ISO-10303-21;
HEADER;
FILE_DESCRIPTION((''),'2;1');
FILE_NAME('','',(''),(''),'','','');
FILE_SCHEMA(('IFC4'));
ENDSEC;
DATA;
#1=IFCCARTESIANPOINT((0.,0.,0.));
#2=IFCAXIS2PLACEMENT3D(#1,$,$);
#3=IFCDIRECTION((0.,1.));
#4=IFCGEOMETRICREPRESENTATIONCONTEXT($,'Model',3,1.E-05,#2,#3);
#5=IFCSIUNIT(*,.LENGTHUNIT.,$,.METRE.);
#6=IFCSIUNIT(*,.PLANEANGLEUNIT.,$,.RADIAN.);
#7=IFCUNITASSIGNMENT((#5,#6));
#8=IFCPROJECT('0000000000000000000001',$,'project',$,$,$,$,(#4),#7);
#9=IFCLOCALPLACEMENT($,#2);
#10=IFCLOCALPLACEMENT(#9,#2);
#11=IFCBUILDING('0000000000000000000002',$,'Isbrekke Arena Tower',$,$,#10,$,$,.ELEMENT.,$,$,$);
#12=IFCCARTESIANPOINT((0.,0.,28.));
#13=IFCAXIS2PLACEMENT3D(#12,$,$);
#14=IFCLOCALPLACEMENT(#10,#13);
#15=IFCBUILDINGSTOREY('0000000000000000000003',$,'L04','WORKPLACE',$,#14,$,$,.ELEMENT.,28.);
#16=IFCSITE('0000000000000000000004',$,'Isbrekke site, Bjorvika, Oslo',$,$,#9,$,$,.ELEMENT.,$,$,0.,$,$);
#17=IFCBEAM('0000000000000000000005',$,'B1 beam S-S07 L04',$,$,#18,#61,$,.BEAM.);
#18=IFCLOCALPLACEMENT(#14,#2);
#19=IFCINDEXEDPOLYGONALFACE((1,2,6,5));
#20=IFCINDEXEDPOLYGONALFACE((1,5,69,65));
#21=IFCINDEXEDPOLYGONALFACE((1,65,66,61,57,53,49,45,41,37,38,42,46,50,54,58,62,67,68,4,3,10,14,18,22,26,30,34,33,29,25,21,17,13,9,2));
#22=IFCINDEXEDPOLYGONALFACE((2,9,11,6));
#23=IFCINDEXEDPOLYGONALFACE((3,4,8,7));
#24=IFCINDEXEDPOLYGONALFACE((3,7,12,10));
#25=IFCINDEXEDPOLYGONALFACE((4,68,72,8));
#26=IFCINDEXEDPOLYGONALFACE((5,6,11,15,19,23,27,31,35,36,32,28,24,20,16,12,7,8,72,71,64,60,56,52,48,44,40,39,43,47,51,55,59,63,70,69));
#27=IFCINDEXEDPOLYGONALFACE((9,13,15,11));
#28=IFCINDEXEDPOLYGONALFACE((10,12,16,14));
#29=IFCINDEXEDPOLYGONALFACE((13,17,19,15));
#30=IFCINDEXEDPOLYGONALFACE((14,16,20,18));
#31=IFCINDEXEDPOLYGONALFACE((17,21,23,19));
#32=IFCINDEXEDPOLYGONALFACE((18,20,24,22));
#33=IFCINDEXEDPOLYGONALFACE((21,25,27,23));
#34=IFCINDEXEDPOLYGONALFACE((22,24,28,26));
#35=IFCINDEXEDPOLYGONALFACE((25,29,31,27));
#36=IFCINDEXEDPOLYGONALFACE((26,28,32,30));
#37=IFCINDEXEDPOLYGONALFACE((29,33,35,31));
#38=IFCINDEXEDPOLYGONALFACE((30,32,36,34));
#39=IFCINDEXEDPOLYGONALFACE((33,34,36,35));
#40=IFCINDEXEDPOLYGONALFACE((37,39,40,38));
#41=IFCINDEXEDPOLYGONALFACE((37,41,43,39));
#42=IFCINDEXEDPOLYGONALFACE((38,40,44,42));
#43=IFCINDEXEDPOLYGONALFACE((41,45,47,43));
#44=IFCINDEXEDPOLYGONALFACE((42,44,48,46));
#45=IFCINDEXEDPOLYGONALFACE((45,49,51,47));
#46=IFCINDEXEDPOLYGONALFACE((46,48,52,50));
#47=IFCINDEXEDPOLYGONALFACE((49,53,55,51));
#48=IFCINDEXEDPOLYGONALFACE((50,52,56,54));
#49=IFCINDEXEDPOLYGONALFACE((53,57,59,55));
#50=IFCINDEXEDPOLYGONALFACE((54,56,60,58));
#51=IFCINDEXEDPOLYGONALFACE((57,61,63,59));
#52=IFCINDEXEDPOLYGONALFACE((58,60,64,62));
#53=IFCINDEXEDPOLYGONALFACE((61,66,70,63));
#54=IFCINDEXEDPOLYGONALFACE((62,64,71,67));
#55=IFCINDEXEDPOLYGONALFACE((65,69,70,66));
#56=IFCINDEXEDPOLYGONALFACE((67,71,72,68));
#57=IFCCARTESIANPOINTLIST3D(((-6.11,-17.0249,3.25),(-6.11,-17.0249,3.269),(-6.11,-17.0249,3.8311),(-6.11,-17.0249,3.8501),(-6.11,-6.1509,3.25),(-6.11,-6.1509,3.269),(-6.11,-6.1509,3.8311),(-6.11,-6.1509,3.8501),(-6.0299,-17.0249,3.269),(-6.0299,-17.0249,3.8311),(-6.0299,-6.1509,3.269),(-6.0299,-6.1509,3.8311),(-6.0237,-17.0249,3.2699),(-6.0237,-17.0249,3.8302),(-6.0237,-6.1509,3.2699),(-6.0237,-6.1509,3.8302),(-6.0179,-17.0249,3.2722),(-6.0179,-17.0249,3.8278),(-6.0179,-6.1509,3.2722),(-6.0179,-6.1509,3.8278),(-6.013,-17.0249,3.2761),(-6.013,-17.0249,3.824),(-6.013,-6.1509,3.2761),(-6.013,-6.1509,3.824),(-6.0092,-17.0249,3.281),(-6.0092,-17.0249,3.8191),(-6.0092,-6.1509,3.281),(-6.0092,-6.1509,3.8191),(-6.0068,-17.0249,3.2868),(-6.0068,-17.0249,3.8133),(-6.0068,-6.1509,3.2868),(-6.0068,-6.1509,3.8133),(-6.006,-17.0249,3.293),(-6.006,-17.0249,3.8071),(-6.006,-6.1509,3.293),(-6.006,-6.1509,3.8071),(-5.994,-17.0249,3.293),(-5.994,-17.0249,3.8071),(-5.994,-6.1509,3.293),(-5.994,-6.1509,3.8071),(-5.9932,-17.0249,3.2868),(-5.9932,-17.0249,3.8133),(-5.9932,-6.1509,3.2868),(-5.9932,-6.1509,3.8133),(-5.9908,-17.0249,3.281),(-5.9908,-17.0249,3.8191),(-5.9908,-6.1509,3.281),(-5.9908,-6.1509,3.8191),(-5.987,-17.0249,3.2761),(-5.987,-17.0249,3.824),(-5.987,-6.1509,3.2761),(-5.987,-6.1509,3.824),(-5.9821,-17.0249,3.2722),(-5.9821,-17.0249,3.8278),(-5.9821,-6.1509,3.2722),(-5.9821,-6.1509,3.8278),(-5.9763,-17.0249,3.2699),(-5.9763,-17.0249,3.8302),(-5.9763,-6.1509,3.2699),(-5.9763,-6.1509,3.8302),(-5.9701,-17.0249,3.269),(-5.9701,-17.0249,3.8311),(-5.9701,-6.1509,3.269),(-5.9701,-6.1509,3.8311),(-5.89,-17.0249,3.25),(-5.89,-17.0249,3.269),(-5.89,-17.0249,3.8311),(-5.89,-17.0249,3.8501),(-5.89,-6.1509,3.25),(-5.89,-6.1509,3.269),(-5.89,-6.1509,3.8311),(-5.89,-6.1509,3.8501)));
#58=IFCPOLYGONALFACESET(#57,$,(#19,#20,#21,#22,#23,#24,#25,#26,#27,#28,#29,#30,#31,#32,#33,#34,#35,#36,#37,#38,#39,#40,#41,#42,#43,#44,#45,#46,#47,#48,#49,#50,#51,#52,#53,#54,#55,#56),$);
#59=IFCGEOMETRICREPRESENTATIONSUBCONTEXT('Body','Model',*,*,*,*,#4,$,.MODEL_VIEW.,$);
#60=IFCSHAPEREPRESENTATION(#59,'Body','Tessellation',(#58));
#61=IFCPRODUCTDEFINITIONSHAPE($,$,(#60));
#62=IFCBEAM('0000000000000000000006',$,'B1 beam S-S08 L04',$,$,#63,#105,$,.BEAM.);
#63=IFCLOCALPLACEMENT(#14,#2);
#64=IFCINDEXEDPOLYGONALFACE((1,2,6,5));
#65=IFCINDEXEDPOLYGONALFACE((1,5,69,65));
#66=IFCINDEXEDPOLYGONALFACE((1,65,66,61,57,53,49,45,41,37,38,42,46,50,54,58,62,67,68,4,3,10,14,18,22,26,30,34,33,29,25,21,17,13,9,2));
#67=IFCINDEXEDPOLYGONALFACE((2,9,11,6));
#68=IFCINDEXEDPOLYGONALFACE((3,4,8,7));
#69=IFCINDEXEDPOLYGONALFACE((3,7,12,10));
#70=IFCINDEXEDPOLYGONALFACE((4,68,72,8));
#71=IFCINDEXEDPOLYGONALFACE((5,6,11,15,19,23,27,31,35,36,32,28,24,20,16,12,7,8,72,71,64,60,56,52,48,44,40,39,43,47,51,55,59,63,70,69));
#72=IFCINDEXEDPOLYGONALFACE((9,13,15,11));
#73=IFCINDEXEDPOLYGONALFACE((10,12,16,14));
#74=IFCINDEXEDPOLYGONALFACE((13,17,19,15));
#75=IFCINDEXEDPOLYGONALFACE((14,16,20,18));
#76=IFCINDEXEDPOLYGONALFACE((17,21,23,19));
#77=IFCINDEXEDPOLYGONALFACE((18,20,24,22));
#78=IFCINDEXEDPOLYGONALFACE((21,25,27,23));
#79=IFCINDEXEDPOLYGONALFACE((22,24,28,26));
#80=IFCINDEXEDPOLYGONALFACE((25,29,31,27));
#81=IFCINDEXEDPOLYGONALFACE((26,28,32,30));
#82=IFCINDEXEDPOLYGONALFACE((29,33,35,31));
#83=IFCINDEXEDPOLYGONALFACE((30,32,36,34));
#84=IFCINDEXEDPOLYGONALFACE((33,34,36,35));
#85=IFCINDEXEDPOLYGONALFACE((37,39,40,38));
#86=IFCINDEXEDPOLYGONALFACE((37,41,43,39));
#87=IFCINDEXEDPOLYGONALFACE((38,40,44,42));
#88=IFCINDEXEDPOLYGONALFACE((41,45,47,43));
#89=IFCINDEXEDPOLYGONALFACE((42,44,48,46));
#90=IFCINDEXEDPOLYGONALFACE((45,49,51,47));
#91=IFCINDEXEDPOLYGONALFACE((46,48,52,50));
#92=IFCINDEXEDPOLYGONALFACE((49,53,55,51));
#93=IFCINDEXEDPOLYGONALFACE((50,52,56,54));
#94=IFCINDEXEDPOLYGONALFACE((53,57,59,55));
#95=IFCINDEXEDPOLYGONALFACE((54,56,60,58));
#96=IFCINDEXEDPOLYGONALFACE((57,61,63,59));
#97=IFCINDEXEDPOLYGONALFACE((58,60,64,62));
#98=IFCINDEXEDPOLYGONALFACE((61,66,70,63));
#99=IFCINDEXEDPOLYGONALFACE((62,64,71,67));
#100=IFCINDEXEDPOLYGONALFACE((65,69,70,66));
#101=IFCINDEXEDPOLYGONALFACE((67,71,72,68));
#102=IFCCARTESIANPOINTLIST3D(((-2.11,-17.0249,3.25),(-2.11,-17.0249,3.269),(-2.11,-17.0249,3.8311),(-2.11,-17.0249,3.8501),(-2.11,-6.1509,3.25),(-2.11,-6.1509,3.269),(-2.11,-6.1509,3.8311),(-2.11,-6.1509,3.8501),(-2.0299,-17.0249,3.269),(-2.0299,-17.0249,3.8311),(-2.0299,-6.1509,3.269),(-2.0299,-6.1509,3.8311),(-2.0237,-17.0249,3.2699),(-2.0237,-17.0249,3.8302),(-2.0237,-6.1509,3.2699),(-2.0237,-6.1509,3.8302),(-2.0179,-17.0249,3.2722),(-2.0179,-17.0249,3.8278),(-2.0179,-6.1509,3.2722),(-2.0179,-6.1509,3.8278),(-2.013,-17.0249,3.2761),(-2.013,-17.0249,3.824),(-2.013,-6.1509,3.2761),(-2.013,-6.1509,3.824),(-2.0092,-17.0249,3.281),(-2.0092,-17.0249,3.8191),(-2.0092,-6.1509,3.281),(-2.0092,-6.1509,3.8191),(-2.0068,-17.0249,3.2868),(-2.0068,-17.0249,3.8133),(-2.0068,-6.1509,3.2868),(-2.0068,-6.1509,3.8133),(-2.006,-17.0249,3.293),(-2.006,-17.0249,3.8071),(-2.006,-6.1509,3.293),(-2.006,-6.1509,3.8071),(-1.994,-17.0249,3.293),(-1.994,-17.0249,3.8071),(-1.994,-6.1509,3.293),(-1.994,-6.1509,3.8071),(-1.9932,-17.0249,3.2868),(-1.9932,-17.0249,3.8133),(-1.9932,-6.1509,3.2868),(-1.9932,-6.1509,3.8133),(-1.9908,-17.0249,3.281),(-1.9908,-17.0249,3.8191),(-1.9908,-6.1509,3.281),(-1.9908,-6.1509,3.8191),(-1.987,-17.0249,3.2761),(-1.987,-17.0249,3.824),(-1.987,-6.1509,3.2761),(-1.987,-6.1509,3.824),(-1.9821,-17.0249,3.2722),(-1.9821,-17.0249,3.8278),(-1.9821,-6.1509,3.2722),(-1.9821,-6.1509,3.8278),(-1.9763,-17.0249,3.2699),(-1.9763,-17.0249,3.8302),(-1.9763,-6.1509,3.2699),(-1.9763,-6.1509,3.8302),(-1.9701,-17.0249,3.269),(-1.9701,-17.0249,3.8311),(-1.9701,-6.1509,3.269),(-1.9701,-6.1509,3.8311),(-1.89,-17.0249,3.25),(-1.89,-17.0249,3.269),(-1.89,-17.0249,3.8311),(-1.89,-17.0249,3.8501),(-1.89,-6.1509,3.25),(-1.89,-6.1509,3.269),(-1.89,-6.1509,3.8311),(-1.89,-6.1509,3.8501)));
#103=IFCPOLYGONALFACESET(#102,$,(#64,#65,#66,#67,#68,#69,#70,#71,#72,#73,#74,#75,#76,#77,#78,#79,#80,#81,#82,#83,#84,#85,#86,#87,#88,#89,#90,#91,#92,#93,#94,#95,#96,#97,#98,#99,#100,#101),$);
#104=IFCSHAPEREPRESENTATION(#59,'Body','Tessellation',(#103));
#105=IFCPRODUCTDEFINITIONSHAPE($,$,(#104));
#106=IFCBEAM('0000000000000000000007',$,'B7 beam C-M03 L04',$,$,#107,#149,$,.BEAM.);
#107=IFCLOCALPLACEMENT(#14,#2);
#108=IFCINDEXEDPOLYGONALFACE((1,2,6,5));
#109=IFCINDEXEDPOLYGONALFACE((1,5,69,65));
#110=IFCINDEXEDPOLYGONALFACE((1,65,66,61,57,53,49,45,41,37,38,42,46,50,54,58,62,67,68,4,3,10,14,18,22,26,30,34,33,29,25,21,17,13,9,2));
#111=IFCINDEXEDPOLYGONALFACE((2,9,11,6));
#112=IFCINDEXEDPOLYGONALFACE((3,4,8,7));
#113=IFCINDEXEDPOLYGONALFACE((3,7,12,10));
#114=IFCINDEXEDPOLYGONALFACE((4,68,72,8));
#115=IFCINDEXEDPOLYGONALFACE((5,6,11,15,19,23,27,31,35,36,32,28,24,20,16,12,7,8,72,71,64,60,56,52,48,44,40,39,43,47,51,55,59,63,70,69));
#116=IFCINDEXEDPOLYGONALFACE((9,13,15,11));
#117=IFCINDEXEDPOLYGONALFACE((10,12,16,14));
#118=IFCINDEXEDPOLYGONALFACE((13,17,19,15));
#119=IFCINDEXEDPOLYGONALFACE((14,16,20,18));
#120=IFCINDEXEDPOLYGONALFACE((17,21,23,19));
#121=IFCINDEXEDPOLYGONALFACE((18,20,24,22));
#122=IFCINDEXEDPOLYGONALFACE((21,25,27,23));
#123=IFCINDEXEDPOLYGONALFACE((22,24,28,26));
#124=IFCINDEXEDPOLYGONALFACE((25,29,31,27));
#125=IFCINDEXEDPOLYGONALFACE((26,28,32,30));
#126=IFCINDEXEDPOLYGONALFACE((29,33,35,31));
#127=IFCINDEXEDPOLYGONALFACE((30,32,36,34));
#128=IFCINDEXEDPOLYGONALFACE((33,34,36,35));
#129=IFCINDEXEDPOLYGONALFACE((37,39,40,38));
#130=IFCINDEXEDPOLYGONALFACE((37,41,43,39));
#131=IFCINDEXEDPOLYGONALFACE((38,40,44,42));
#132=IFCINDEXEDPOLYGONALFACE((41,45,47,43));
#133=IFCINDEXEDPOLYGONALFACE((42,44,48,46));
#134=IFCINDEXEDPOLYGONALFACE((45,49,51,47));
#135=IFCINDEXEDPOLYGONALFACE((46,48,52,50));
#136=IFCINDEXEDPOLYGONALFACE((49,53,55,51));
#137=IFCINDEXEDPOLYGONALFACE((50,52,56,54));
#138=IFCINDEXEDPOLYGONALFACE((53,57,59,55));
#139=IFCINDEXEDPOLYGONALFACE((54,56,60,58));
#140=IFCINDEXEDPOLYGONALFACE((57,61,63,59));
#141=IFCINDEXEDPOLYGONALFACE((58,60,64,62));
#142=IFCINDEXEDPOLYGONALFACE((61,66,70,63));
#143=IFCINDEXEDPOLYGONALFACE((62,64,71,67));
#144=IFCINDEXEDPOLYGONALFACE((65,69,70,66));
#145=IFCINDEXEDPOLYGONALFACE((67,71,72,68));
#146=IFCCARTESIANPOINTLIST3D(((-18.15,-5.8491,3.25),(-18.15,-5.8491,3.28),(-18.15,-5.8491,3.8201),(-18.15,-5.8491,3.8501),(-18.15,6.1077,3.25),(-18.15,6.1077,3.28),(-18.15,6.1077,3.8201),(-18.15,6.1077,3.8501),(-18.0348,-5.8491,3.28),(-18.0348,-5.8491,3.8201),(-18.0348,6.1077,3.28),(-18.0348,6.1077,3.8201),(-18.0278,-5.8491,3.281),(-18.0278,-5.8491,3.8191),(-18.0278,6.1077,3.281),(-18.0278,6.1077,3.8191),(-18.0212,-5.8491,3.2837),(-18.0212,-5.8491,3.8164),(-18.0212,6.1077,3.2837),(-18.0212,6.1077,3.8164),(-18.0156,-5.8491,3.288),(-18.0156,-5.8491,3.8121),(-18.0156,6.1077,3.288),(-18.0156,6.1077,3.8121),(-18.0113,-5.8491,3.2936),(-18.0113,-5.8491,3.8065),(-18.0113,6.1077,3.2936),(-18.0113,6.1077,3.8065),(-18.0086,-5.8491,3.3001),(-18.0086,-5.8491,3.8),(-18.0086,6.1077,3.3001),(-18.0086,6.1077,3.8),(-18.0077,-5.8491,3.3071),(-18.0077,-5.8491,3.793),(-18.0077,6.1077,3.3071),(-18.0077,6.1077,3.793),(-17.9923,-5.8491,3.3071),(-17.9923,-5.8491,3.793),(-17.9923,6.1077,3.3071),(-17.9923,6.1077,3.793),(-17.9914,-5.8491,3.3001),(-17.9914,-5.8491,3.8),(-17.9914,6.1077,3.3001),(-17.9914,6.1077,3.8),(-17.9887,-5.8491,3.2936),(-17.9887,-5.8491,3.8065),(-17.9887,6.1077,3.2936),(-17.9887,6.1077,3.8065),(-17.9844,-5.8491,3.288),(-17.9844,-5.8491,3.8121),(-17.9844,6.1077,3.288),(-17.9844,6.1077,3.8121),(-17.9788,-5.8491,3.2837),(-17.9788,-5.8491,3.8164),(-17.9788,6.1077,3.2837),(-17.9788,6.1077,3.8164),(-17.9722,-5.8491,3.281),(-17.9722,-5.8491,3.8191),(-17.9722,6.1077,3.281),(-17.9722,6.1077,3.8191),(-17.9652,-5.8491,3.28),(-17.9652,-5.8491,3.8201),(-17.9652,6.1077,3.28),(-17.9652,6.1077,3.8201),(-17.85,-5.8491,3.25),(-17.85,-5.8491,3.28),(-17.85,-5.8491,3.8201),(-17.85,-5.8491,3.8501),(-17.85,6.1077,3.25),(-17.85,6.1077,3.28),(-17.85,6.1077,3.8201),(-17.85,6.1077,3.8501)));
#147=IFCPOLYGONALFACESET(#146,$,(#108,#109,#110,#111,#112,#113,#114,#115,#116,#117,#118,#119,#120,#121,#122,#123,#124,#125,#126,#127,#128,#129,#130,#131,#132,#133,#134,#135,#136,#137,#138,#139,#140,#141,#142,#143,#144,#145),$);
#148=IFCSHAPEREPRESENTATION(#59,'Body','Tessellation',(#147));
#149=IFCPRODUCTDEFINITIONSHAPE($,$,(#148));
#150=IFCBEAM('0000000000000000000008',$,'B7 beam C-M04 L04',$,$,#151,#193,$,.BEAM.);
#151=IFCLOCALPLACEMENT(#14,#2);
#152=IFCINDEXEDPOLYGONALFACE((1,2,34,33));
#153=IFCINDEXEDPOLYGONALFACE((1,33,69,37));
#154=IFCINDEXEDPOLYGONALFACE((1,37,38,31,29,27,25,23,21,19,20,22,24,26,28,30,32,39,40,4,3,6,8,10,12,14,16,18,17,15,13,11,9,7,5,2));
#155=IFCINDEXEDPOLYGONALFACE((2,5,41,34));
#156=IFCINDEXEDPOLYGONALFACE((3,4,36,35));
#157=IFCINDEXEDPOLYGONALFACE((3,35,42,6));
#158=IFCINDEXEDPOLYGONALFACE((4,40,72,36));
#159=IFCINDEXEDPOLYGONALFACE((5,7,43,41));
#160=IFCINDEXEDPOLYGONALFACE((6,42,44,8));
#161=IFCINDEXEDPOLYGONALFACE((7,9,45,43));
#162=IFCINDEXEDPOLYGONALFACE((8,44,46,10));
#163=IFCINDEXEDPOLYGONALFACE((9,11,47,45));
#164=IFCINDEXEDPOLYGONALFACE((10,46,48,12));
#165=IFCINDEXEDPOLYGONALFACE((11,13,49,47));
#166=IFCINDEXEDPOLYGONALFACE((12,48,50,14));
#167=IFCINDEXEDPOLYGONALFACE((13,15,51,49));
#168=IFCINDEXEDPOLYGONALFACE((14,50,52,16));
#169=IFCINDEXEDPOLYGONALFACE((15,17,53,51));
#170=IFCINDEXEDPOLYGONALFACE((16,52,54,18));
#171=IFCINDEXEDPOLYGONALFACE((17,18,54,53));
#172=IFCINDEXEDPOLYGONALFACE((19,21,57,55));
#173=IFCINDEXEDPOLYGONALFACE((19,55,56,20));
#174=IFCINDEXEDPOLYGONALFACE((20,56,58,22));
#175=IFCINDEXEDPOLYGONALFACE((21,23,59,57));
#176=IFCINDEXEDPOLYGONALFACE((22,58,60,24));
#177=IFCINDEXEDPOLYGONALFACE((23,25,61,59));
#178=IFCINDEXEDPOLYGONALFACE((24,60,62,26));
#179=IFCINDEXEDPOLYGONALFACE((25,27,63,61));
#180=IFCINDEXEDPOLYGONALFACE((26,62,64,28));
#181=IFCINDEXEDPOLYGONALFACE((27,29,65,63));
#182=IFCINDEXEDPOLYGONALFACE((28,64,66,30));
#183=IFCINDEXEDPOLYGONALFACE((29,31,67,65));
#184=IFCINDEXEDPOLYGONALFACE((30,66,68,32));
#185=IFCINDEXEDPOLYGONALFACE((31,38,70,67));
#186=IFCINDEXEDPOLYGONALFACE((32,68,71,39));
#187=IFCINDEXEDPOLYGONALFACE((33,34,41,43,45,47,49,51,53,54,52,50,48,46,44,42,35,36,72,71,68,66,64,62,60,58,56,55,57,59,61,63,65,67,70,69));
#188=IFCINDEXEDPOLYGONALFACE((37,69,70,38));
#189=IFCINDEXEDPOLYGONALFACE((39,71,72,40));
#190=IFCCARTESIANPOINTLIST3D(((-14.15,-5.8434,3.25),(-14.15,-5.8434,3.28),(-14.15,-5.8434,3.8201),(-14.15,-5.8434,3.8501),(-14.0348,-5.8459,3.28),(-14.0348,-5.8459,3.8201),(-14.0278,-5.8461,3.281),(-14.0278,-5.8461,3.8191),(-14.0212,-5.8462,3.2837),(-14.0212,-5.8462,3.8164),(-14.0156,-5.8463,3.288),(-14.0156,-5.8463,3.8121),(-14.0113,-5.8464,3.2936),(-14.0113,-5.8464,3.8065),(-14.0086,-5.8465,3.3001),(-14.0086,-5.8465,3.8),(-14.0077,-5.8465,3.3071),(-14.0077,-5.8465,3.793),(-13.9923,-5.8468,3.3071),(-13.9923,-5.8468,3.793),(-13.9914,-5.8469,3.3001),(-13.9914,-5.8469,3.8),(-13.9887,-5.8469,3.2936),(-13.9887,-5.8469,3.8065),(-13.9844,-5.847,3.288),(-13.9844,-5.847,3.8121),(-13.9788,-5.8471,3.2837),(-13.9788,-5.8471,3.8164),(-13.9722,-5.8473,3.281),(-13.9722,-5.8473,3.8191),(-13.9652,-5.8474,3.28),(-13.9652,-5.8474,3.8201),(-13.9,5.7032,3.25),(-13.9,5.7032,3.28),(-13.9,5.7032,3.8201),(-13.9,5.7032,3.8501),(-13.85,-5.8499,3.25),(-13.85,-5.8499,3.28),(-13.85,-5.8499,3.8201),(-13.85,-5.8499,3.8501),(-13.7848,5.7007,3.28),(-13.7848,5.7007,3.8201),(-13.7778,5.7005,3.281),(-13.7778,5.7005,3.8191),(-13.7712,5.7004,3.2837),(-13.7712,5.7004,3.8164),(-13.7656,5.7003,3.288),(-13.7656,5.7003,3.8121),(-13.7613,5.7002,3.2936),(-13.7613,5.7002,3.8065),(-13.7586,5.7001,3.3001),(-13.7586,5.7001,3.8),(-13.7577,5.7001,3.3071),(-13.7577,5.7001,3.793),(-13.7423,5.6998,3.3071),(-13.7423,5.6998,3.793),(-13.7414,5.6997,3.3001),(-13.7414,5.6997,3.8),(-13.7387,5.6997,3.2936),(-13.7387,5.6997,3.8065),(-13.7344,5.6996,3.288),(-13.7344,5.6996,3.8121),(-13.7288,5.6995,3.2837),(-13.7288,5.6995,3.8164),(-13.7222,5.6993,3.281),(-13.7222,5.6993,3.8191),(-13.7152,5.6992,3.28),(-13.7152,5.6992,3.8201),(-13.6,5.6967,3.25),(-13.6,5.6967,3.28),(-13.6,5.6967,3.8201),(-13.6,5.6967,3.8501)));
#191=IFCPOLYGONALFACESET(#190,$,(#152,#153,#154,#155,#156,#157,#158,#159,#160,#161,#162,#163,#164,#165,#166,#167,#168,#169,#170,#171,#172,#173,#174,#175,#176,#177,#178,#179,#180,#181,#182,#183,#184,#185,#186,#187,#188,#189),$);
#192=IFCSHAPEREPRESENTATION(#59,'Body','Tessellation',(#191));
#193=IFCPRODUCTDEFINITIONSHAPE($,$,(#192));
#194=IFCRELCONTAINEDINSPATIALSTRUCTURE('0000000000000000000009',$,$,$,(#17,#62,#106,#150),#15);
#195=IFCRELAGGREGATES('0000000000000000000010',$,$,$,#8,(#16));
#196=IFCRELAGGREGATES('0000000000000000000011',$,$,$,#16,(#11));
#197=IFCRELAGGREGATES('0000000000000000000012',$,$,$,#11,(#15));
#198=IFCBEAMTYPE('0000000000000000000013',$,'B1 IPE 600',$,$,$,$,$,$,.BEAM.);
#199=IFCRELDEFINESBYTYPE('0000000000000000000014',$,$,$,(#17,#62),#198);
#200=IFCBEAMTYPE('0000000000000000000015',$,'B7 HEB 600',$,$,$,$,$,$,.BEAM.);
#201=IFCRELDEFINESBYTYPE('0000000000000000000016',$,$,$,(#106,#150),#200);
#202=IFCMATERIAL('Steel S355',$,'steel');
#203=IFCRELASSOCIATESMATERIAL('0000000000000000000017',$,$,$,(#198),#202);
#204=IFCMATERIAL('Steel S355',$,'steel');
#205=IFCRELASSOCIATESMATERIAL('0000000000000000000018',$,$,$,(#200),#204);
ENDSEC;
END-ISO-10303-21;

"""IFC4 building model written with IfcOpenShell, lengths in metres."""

from ifc_helpers import new_model, si_unit, direction, frame, origin, origin_2d, place, context, subcontext, project, spatial, i_section, extrude, material, material_profile, profile_set, type_object, element, save


model = new_model("IFC4")

# Units and contexts
model_context = context("Model", 3, precision=1e-05, world=origin(), true_north=direction((0.0, 1.0)))
body_context = subcontext(model_context, "Body", "Model", "MODEL_VIEW")
ifc_project = project(units=[si_unit("LENGTHUNIT", "METRE"), si_unit("PLANEANGLEUNIT", "RADIAN")], contexts=[model_context])

# Site, building, storey
site_placement = place(None, origin())
site = spatial("IfcSite", under=ifc_project, at=site_placement, Name="Isbrekke site, Bjorvika, Oslo", CompositionType="ELEMENT", RefElevation=0.0)
building_placement = place(site_placement, origin())
building = spatial("IfcBuilding", under=site, at=building_placement, Name="Isbrekke Arena Tower", CompositionType="ELEMENT")
storey_placement = place(building_placement, frame((0.0, 0.0, 28.0)))
storey = spatial("IfcBuildingStorey", under=building, at=storey_placement, Name="L04", Description="WORKPLACE", CompositionType="ELEMENT", Elevation=28.0)

# Beams
ifc_material_1 = material(Name="Steel S355", Category="steel")
ifc_material_profile_1 = material_profile(ifc_material_1, i_section(OverallWidth=0.22, OverallDepth=0.6001, WebThickness=0.012, FlangeThickness=0.019, FilletRadius=0.0239, at=origin_2d()), Name="IPE 600")
ifc_profile_set_1 = profile_set([ifc_material_profile_1], Name="Steel S355")
beam_type_1 = type_object("IfcBeamType", Name="B1 IPE 600", PredefinedType="BEAM", material=ifc_profile_set_1)
for number, where, z_axis, x_axis, name in (
    (1, (-6.0, -17.0249, 3.55), (0.0, 1.0, 0.0), (-1.0, 0.0, 0.0), "B1 beam S-S07 L04"),
    (2, (-2.0, -17.0249, 3.55), (0.0, 1.0, 0.0), (-1.0, 0.0, 0.0), "B1 beam S-S08 L04"),
):
    element("IfcBeam", number, at=place(storey_placement, frame(where, z_axis=z_axis, x_axis=x_axis)), inside=storey, type_object=beam_type_1, Name=name, PredefinedType="BEAM", context=body_context, shape_type="SweptSolid", body=[
        extrude(i_section(OverallWidth=0.22, OverallDepth=0.6001, WebThickness=0.012, FlangeThickness=0.019, FilletRadius=0.0239, at=origin_2d()), origin(), (0.0, 0.0, 1.0), 10.874),
    ])
ifc_material_2 = material(Name="Steel S355", Category="steel")
ifc_material_profile_2 = material_profile(ifc_material_2, i_section(OverallWidth=0.3, OverallDepth=0.6001, WebThickness=0.0154, FlangeThickness=0.03, FilletRadius=0.0271, at=origin_2d()), Name="HEB 600")
ifc_profile_set_2 = profile_set([ifc_material_profile_2], Name="Steel S355")
beam_type_2 = type_object("IfcBeamType", Name="B7 HEB 600", PredefinedType="BEAM", material=ifc_profile_set_2)
beam_1_placement = place(storey_placement, frame((-18.0, -5.8491, 3.55), z_axis=(0.0, 1.0, 0.0), x_axis=(-1.0, 0.0, 0.0)))
element("IfcBeam", 3, at=beam_1_placement, inside=storey, type_object=beam_type_2, Name="B7 beam C-M03 L04", PredefinedType="BEAM", context=body_context, shape_type="SweptSolid", body=[
    extrude(i_section(OverallWidth=0.3, OverallDepth=0.6001, WebThickness=0.0154, FlangeThickness=0.03, FilletRadius=0.0271, at=origin_2d()), origin(), (0.0, 0.0, 1.0), 11.9568),
])
beam_2_placement = place(storey_placement, frame((-14.0, -5.8467, 3.55), z_axis=(0.021646, 0.999766, 0.0), x_axis=(-0.999766, 0.021646, 0.0)))
element("IfcBeam", 4, at=beam_2_placement, inside=storey, type_object=beam_type_2, Name="B7 beam C-M04 L04", PredefinedType="BEAM", context=body_context, shape_type="SweptSolid", body=[
    extrude(i_section(OverallWidth=0.3, OverallDepth=0.6001, WebThickness=0.0154, FlangeThickness=0.03, FilletRadius=0.0271, at=origin_2d()), origin(), (0.0, 0.0, 1.0), 11.5493),
])

save(model, "model.ifc")
